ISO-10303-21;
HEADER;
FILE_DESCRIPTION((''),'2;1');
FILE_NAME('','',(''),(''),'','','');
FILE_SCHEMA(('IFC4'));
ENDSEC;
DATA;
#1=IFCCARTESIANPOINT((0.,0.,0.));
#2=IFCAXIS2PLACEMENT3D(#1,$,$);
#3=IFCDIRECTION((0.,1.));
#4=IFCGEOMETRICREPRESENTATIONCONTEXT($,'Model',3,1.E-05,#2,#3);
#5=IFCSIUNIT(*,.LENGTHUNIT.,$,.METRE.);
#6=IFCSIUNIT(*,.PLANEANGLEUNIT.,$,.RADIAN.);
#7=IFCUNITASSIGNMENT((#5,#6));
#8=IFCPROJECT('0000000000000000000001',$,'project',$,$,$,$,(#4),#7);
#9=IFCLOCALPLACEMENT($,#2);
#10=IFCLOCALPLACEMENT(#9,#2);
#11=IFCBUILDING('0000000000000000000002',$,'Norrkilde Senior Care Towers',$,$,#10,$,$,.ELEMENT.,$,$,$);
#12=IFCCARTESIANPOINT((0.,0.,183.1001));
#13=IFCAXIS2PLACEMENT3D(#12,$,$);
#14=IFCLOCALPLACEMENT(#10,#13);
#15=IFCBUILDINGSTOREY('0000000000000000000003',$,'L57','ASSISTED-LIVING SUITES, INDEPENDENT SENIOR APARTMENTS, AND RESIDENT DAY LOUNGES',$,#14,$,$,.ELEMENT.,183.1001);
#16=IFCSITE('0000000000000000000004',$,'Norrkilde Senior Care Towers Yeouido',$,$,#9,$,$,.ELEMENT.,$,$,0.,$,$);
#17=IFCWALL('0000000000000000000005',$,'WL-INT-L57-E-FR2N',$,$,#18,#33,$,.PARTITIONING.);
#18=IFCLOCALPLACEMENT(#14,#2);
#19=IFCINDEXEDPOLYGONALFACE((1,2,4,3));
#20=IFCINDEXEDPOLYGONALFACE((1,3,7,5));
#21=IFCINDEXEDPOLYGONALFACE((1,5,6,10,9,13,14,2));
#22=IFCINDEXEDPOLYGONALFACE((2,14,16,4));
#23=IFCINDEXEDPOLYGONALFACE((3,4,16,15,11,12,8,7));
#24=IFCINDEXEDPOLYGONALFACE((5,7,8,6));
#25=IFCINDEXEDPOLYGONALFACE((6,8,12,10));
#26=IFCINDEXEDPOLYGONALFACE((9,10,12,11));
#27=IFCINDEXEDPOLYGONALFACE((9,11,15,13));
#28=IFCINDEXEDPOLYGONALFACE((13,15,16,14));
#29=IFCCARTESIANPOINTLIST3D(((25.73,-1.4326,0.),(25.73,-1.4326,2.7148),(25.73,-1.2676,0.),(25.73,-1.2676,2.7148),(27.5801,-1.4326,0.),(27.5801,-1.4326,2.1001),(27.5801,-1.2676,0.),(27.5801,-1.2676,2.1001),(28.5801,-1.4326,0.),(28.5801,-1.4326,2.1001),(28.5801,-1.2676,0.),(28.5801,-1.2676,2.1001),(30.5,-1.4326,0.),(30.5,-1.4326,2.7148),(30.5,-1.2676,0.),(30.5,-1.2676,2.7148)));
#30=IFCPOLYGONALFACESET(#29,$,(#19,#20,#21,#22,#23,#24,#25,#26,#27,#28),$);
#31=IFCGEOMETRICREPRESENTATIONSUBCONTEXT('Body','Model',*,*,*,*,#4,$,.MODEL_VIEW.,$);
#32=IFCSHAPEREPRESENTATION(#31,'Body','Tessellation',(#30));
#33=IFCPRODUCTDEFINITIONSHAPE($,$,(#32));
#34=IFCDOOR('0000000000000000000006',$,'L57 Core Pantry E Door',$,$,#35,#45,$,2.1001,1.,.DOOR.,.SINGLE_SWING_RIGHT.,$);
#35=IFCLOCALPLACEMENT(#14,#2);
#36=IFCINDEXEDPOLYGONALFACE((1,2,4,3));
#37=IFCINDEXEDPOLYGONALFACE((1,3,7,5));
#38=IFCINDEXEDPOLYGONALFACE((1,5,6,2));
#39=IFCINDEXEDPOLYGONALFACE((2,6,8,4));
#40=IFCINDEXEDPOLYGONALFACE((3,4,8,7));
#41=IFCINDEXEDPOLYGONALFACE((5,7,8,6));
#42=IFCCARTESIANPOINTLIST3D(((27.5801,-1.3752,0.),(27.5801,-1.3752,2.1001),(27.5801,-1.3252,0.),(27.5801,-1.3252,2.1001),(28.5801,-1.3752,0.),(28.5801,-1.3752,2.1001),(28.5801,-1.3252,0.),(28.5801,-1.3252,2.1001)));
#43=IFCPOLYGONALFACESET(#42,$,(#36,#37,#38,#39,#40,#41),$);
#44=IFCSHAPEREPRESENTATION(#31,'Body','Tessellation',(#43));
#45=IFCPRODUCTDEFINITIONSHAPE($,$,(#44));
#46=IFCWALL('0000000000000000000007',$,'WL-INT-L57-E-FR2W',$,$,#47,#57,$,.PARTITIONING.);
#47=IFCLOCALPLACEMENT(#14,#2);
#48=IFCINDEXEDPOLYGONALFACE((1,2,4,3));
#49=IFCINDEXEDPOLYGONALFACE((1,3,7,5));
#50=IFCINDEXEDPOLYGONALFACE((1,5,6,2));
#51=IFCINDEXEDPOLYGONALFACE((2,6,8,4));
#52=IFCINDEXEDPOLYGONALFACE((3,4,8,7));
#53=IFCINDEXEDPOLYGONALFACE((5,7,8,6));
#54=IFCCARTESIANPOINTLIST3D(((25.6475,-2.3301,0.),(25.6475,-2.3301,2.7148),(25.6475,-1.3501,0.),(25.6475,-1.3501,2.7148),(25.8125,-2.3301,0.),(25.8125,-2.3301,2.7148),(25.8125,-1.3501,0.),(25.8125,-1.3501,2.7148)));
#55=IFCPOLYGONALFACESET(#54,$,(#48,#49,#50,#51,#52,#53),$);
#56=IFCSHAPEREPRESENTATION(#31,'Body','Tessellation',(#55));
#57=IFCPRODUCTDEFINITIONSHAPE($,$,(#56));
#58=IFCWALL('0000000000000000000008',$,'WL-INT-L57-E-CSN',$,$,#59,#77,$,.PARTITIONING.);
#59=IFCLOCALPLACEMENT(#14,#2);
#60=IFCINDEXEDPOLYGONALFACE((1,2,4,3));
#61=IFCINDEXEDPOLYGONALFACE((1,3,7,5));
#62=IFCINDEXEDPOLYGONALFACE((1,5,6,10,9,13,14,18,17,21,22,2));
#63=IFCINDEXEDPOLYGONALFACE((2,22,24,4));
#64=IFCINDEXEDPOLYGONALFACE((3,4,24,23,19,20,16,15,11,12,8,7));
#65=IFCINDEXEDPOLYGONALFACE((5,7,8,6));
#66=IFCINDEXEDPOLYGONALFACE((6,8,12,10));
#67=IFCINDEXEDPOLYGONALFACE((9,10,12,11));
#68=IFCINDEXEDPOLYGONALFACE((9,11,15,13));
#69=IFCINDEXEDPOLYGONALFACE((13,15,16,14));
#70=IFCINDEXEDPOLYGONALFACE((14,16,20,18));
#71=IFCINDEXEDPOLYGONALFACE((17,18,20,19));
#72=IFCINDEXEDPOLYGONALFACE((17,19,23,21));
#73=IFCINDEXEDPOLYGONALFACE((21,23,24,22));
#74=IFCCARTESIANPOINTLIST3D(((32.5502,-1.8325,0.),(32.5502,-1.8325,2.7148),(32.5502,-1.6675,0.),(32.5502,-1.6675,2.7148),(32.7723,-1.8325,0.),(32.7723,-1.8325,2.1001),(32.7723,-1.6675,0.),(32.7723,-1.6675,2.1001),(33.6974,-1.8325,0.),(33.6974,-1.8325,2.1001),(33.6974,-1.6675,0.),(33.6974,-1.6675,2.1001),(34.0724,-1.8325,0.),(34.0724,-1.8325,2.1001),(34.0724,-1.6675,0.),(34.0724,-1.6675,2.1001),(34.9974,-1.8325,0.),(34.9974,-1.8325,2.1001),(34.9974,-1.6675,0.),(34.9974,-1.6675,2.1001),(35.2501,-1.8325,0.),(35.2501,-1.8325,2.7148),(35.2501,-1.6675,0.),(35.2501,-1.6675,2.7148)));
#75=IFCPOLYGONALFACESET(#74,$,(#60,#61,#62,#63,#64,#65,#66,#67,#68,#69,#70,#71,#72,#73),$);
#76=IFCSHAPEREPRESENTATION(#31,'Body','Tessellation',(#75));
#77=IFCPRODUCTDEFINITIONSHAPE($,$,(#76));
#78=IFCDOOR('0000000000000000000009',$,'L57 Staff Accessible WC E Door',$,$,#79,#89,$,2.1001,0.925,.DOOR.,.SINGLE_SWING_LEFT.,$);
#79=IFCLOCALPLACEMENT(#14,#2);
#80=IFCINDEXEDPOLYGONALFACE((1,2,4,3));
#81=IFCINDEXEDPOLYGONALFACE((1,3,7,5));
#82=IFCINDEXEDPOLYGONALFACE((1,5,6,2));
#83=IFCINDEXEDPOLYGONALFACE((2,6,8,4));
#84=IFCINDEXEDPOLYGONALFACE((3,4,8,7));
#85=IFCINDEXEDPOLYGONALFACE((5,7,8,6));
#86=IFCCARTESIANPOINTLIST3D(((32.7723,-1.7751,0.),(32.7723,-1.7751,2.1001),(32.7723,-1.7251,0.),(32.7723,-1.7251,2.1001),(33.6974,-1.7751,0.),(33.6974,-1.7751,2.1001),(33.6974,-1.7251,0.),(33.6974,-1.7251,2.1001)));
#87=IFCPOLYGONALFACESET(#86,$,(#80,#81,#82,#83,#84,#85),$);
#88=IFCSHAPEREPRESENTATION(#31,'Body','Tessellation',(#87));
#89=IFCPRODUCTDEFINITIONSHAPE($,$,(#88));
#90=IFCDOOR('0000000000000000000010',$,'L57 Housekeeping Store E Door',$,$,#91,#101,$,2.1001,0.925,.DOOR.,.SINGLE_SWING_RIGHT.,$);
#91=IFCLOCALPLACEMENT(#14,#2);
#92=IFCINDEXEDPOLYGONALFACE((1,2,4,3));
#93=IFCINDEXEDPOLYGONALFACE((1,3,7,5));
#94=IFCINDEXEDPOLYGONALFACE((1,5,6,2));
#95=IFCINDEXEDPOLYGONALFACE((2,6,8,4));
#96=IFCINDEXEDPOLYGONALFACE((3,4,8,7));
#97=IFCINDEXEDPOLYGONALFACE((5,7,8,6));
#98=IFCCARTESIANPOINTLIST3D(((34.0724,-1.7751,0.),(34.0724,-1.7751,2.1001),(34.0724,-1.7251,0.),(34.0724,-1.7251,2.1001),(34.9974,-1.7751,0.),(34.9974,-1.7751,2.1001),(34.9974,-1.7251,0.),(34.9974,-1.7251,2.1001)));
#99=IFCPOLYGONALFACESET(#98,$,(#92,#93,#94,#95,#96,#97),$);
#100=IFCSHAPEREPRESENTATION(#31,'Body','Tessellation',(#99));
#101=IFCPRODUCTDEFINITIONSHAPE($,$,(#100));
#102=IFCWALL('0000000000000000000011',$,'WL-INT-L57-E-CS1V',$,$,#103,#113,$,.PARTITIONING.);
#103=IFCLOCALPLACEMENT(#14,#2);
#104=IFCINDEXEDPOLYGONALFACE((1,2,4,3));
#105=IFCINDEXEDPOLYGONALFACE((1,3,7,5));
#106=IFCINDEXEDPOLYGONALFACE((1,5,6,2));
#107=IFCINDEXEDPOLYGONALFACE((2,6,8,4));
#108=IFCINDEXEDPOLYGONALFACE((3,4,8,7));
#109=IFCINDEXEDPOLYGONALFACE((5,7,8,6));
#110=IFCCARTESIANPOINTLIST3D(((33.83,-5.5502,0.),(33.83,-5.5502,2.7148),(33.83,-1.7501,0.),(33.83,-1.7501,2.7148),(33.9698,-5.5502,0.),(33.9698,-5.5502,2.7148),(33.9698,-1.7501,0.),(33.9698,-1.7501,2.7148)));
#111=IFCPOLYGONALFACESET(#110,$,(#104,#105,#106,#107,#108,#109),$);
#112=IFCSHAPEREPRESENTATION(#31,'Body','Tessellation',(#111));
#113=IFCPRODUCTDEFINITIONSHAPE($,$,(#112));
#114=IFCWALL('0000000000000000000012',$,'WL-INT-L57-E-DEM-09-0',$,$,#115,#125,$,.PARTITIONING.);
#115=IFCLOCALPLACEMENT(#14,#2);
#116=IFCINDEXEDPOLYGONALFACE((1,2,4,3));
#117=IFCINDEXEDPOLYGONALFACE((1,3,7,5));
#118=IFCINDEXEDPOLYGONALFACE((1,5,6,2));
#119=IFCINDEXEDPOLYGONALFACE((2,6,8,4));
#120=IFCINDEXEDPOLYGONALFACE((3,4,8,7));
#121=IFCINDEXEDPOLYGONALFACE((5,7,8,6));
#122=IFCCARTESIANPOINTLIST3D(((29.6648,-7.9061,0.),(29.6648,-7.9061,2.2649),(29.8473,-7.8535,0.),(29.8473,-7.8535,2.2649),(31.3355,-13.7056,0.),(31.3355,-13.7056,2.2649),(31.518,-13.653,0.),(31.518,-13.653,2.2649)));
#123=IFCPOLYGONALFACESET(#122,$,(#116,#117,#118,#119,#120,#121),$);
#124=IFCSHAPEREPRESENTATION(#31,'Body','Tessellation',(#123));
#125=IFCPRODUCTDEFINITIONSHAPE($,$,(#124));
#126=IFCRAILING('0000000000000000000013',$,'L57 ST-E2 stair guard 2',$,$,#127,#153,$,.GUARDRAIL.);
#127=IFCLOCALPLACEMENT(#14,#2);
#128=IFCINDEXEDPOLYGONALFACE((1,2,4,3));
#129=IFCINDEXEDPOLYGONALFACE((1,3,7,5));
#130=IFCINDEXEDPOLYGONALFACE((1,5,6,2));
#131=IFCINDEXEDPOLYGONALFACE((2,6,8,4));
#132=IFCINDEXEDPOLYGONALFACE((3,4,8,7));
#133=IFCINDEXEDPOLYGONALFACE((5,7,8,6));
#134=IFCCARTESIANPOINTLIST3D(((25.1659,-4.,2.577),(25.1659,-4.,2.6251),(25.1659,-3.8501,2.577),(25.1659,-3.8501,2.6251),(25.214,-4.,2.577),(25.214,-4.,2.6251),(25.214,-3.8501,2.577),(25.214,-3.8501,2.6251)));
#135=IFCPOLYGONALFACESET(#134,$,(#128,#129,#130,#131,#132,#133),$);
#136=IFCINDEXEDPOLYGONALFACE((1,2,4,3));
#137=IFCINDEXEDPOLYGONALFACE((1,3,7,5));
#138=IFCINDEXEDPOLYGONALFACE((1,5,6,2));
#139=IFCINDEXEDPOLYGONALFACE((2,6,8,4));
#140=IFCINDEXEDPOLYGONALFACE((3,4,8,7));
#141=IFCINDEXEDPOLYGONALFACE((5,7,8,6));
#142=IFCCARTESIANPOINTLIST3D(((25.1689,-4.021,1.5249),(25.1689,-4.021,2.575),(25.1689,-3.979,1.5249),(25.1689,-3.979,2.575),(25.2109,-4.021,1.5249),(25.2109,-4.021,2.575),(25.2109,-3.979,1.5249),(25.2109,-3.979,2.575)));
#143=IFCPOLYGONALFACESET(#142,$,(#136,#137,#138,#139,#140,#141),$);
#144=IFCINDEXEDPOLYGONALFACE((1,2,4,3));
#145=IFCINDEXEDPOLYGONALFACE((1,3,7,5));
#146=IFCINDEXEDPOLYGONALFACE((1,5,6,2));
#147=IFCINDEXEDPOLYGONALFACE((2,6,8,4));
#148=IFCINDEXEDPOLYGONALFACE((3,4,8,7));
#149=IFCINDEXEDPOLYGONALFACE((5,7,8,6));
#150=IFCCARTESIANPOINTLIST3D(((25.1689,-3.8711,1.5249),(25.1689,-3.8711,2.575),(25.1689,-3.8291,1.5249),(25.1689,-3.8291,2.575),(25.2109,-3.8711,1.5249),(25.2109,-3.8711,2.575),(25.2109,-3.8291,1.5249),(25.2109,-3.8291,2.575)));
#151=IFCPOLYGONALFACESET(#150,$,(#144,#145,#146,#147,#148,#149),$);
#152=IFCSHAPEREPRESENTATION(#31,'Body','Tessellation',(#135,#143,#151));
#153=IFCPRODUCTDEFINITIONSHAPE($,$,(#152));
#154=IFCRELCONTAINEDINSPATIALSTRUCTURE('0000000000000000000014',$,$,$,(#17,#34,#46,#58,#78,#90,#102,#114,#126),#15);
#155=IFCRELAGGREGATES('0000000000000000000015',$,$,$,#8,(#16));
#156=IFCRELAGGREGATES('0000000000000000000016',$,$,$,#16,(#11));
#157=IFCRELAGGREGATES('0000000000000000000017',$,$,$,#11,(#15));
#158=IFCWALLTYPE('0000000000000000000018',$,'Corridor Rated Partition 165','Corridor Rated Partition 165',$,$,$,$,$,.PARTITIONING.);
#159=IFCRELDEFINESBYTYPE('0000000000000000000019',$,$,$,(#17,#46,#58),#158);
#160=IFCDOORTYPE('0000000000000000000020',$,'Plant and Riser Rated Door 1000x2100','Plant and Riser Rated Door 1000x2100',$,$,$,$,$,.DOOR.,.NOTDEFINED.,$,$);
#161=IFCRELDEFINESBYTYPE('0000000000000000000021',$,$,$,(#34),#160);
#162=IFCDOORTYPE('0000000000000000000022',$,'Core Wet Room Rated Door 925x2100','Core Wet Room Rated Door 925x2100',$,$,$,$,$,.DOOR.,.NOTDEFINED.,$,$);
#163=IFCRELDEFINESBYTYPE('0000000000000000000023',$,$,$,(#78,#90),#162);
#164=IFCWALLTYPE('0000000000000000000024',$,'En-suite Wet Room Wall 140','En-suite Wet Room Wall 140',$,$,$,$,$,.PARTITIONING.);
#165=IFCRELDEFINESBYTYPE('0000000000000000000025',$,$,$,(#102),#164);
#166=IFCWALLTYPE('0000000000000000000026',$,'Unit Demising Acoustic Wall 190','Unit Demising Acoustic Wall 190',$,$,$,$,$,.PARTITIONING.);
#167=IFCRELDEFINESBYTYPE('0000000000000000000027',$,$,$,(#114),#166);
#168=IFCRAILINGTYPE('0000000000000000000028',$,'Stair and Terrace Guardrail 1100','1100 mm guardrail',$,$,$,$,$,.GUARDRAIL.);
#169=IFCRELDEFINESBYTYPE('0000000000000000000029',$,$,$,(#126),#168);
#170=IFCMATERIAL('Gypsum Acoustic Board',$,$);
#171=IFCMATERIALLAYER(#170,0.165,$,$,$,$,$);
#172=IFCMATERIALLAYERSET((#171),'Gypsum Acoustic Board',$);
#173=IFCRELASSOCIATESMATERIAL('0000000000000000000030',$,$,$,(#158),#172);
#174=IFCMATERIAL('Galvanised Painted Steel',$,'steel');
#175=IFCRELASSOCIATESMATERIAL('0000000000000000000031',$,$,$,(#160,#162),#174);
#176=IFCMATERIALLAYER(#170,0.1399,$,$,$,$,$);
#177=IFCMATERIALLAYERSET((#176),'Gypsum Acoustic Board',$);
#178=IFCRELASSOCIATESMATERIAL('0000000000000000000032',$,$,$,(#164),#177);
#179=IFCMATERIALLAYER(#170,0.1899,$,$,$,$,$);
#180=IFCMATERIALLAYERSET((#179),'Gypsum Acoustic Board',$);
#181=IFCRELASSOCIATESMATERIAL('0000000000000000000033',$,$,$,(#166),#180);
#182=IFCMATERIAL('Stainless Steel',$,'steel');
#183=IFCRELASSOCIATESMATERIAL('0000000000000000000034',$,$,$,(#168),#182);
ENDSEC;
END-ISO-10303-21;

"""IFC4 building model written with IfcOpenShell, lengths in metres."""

from ifc_helpers import new_model, si_unit, direction, frame, frame_2d, origin, origin_2d, place, context, subcontext, project, spatial, rectangle, extrude, source, transform, mapped, material, layer, layer_set, type_object, type_shapes, element, fill, save


model = new_model("IFC4")

# Units and contexts
model_context = context("Model", 3, precision=1e-05, world=origin(), true_north=direction((0.0, 1.0)))
body_context = subcontext(model_context, "Body", "Model", "MODEL_VIEW")
ifc_project = project(units=[si_unit("LENGTHUNIT", "METRE"), si_unit("PLANEANGLEUNIT", "RADIAN")], contexts=[model_context])

# Site, building, storey
site_placement = place(None, origin())
site = spatial("IfcSite", under=ifc_project, at=site_placement, Name="Norrkilde Senior Care Towers Yeouido", CompositionType="ELEMENT", RefElevation=0.0)
building_placement = place(site_placement, origin())
building = spatial("IfcBuilding", under=site, at=building_placement, Name="Norrkilde Senior Care Towers", CompositionType="ELEMENT")
storey_placement = place(building_placement, frame((0.0, 0.0, 183.1001)))
storey = spatial("IfcBuildingStorey", under=building, at=storey_placement, Name="L57", Description="ASSISTED-LIVING SUITES, INDEPENDENT SENIOR APARTMENTS, AND RESIDENT DAY LOUNGES", CompositionType="ELEMENT", Elevation=183.1001)

# Shared definitions
ifc_material_1 = material(Name="Gypsum Acoustic Board")

# Shared definitions
ifc_material_2 = material(Name="Stainless Steel", Category="steel")

# Wall, opening, door
ifc_layer_1 = layer(ifc_material_1, 0.165)
ifc_layer_set_1 = layer_set([ifc_layer_1], Name="Gypsum Acoustic Board")
wall_type_1 = type_object("IfcWallType", Name="Corridor Rated Partition 165", Description="Corridor Rated Partition 165", PredefinedType="PARTITIONING", material=ifc_layer_set_1)
shared_shape_1 = source(origin(), body_context, "Body", "SweptSolid", [
    extrude(rectangle(XDim=4.77, YDim=0.165, at=frame_2d((2.385, 0.0))), origin(), (0.0, 0.0, 1.0), 2.7148),
])
wall_1_placement = place(storey_placement, frame((25.73, -1.3501, 0.0), z_axis=(0.0, 0.0, 1.0), x_axis=(1.0, 0.0, 0.0)))
wall_1 = element("IfcWall", 1, at=wall_1_placement, inside=storey, type_object=wall_type_1, Name="WL-INT-L57-E-FR2N", PredefinedType="PARTITIONING", context=body_context, shape_type="MappedRepresentation", body=[
    mapped(shared_shape_1, transform((0.0, 0.0, 0.0), x_axis=(1.0, 0.0, 0.0), y_axis=(0.0, 1.0, 0.0), z_axis=(0.0, 0.0, 1.0), scale=1.0)),
])
opening_1_placement = place(wall_1_placement, frame((1.8501, 0.0, 0.0)))
opening_1 = element("IfcOpeningElement", 2, at=opening_1_placement, cuts=wall_1, PredefinedType="OPENING", context=body_context, shape_type="SweptSolid", body=[
    extrude(rectangle(XDim=1.0, YDim=2.1001, at=frame_2d((0.5, 1.05))), frame((0.0, 0.0925, 0.0), z_axis=(0.0, -1.0, 0.0), x_axis=(1.0, 0.0, 0.0)), (0.0, 0.0, 1.0), 0.1851),
])
ifc_material_3 = material(Name="Galvanised Painted Steel", Category="steel")
door_type_1 = type_object("IfcDoorType", Name="Plant and Riser Rated Door 1000x2100", Description="Plant and Riser Rated Door 1000x2100", OperationType="NOTDEFINED", PredefinedType="DOOR", material=ifc_material_3)
shared_shape_2 = source(origin(), body_context, "Body", "SweptSolid", [
    extrude(rectangle(XDim=1.0, YDim=2.1001, at=frame_2d((0.5, 1.05))), frame((0.0, 0.0249, 0.0), z_axis=(0.0, -1.0, 0.0), x_axis=(1.0, 0.0, 0.0)), (0.0, 0.0, 1.0), 0.05),
])
type_shapes(door_type_1, [shared_shape_2])
door_1_placement = place(opening_1_placement, origin())
door_1 = element("IfcDoor", 3, at=door_1_placement, inside=storey, type_object=door_type_1, Name="L57 Core Pantry E Door", OperationType="SINGLE_SWING_RIGHT", OverallHeight=2.1001, OverallWidth=1.0, PredefinedType="DOOR", context=body_context, shape_type="MappedRepresentation", body=[
    mapped(shared_shape_2, transform((0.0, 0.0, 0.0), x_axis=(1.0, 0.0, 0.0), y_axis=(0.0, 1.0, 0.0), z_axis=(0.0, 0.0, 1.0), scale=1.0)),
])
fill(opening_1, door_1)

# Wall
shared_shape_3 = source(origin(), body_context, "Body", "SweptSolid", [
    extrude(rectangle(XDim=0.98, YDim=0.165, at=frame_2d((0.49, 0.0))), origin(), (0.0, 0.0, 1.0), 2.7148),
])
wall_2_placement = place(storey_placement, frame((25.73, -2.3301, 0.0), z_axis=(0.0, 0.0, 1.0), x_axis=(0.0, 1.0, 0.0)))
element("IfcWall", 4, at=wall_2_placement, inside=storey, type_object=wall_type_1, Name="WL-INT-L57-E-FR2W", PredefinedType="PARTITIONING", context=body_context, shape_type="MappedRepresentation", body=[
    mapped(shared_shape_3, transform((0.0, 0.0, 0.0), x_axis=(1.0, 0.0, 0.0), y_axis=(0.0, 1.0, 0.0), z_axis=(0.0, 0.0, 1.0), scale=1.0)),
])

# Wall, openings, doors
shared_shape_4 = source(origin(), body_context, "Body", "SweptSolid", [
    extrude(rectangle(XDim=2.7, YDim=0.165, at=frame_2d((1.3501, 0.0))), origin(), (0.0, 0.0, 1.0), 2.7148),
])
type_shapes(wall_type_1, [shared_shape_1, shared_shape_3, shared_shape_4])
wall_3_placement = place(storey_placement, frame((32.55, -1.75, 0.0), z_axis=(0.0, 0.0, 1.0), x_axis=(1.0, 0.0, 0.0)))
wall_3 = element("IfcWall", 5, at=wall_3_placement, inside=storey, type_object=wall_type_1, Name="WL-INT-L57-E-CSN", PredefinedType="PARTITIONING", context=body_context, shape_type="MappedRepresentation", body=[
    mapped(shared_shape_4, transform((0.0, 0.0, 0.0), x_axis=(1.0, 0.0, 0.0), y_axis=(0.0, 1.0, 0.0), z_axis=(0.0, 0.0, 1.0), scale=1.0)),
])
opening_2_placement = place(wall_3_placement, frame((0.2224, 0.0, 0.0)))
opening_2 = element("IfcOpeningElement", 6, at=opening_2_placement, cuts=wall_3, PredefinedType="OPENING", context=body_context, shape_type="SweptSolid", body=[
    extrude(rectangle(XDim=0.925, YDim=2.1001, at=frame_2d((0.4624, 1.05))), frame((0.0, 0.0925, 0.0), z_axis=(0.0, -1.0, 0.0), x_axis=(1.0, 0.0, 0.0)), (0.0, 0.0, 1.0), 0.1851),
])
opening_3_placement = place(wall_3_placement, frame((1.5225, 0.0, 0.0)))
opening_3 = element("IfcOpeningElement", 7, at=opening_3_placement, cuts=wall_3, PredefinedType="OPENING", context=body_context, shape_type="SweptSolid", body=[
    extrude(rectangle(XDim=0.925, YDim=2.1001, at=frame_2d((0.4624, 1.05))), frame((0.0, 0.0925, 0.0), z_axis=(0.0, -1.0, 0.0), x_axis=(1.0, 0.0, 0.0)), (0.0, 0.0, 1.0), 0.1851),
])
door_type_2 = type_object("IfcDoorType", Name="Core Wet Room Rated Door 925x2100", Description="Core Wet Room Rated Door 925x2100", OperationType="NOTDEFINED", PredefinedType="DOOR", material=ifc_material_3)
shared_shape_5 = source(origin(), body_context, "Body", "SweptSolid", [
    extrude(rectangle(XDim=0.925, YDim=2.1001, at=frame_2d((0.4624, 1.05))), frame((0.0, 0.0249, 0.0), z_axis=(0.0, -1.0, 0.0), x_axis=(1.0, 0.0, 0.0)), (0.0, 0.0, 1.0), 0.05),
])
type_shapes(door_type_2, [shared_shape_5])
door_2_placement = place(opening_2_placement, origin())
door_2 = element("IfcDoor", 8, at=door_2_placement, inside=storey, type_object=door_type_2, Name="L57 Staff Accessible WC E Door", OperationType="SINGLE_SWING_LEFT", OverallHeight=2.1001, OverallWidth=0.925, PredefinedType="DOOR", context=body_context, shape_type="MappedRepresentation", body=[
    mapped(shared_shape_5, transform((0.0, 0.0, 0.0), x_axis=(1.0, 0.0, 0.0), y_axis=(0.0, 1.0, 0.0), z_axis=(0.0, 0.0, 1.0), scale=1.0)),
])
fill(opening_2, door_2)
door_3_placement = place(opening_3_placement, origin())
door_3 = element("IfcDoor", 9, at=door_3_placement, inside=storey, type_object=door_type_2, Name="L57 Housekeeping Store E Door", OperationType="SINGLE_SWING_RIGHT", OverallHeight=2.1001, OverallWidth=0.925, PredefinedType="DOOR", context=body_context, shape_type="MappedRepresentation", body=[
    mapped(shared_shape_5, transform((0.0, 0.0, 0.0), x_axis=(1.0, 0.0, 0.0), y_axis=(0.0, 1.0, 0.0), z_axis=(0.0, 0.0, 1.0), scale=1.0)),
])
fill(opening_3, door_3)

# Walls
ifc_layer_2 = layer(ifc_material_1, 0.1399)
ifc_layer_set_2 = layer_set([ifc_layer_2], Name="Gypsum Acoustic Board")
wall_type_2 = type_object("IfcWallType", Name="En-suite Wet Room Wall 140", Description="En-suite Wet Room Wall 140", PredefinedType="PARTITIONING", material=ifc_layer_set_2)
shared_shape_6 = source(origin(), body_context, "Body", "SweptSolid", [
    extrude(rectangle(XDim=3.8, YDim=0.1399, at=frame_2d((1.8999, 0.0))), origin(), (0.0, 0.0, 1.0), 2.7148),
])
type_shapes(wall_type_2, [shared_shape_6])
wall_4_placement = place(storey_placement, frame((33.8999, -5.55, 0.0), z_axis=(0.0, 0.0, 1.0), x_axis=(0.0, 1.0, 0.0)))
element("IfcWall", 10, at=wall_4_placement, inside=storey, type_object=wall_type_2, Name="WL-INT-L57-E-CS1V", PredefinedType="PARTITIONING", context=body_context, shape_type="MappedRepresentation", body=[
    mapped(shared_shape_6, transform((0.0, 0.0, 0.0), x_axis=(1.0, 0.0, 0.0), y_axis=(0.0, 1.0, 0.0), z_axis=(0.0, 0.0, 1.0), scale=1.0)),
])
ifc_layer_3 = layer(ifc_material_1, 0.1899)
ifc_layer_set_3 = layer_set([ifc_layer_3], Name="Gypsum Acoustic Board")
wall_type_3 = type_object("IfcWallType", Name="Unit Demising Acoustic Wall 190", Description="Unit Demising Acoustic Wall 190", PredefinedType="PARTITIONING", material=ifc_layer_set_3)
shared_shape_7 = source(origin(), body_context, "Body", "SweptSolid", [
    extrude(rectangle(XDim=6.0354, YDim=0.1899, at=frame_2d((3.0176, 0.0))), origin(), (0.0, 0.0, 1.0), 2.2649),
])
type_shapes(wall_type_3, [shared_shape_7])
wall_5_placement = place(storey_placement, frame((29.7561, -7.8799, 0.0), z_axis=(0.0, 0.0, 1.0), x_axis=(0.276809, -0.960925, 0.0)))
element("IfcWall", 11, at=wall_5_placement, inside=storey, type_object=wall_type_3, Name="WL-INT-L57-E-DEM-09-0", PredefinedType="PARTITIONING", context=body_context, shape_type="MappedRepresentation", body=[
    mapped(shared_shape_7, transform((0.0, 0.0, 0.0), x_axis=(1.0, 0.0, 0.0), y_axis=(0.0, 1.0, 0.0), z_axis=(0.0, 0.0, 1.0), scale=1.0)),
])

# Railing
railing_type_1 = type_object("IfcRailingType", Name="Stair and Terrace Guardrail 1100", Description="1100 mm guardrail", PredefinedType="GUARDRAIL", material=ifc_material_2)
railing_1_placement = place(storey_placement, frame((25.1899, -4.0, 1.5249)))
element("IfcRailing", 12, at=railing_1_placement, inside=storey, type_object=railing_type_1, Name="L57 ST-E2 stair guard 2", PredefinedType="GUARDRAIL", context=body_context, shape_type="SweptSolid", body=[
    extrude(rectangle(XDim=0.0481, YDim=0.0481, at=origin_2d()), frame((0.0, 0.0, 1.0762), z_axis=(0.0, 1.0, 0.0), x_axis=(-1.0, 0.0, 0.0)), (0.0, 0.0, 1.0), 0.1499),
    extrude(rectangle(XDim=0.042, YDim=0.042, at=origin_2d()), origin(), (0.0, 0.0, 1.0), 1.05),
    extrude(rectangle(XDim=0.042, YDim=0.042, at=origin_2d()), frame((0.0, 0.1499, 0.0)), (0.0, 0.0, 1.0), 1.05),
])

save(model, "model.ifc")
